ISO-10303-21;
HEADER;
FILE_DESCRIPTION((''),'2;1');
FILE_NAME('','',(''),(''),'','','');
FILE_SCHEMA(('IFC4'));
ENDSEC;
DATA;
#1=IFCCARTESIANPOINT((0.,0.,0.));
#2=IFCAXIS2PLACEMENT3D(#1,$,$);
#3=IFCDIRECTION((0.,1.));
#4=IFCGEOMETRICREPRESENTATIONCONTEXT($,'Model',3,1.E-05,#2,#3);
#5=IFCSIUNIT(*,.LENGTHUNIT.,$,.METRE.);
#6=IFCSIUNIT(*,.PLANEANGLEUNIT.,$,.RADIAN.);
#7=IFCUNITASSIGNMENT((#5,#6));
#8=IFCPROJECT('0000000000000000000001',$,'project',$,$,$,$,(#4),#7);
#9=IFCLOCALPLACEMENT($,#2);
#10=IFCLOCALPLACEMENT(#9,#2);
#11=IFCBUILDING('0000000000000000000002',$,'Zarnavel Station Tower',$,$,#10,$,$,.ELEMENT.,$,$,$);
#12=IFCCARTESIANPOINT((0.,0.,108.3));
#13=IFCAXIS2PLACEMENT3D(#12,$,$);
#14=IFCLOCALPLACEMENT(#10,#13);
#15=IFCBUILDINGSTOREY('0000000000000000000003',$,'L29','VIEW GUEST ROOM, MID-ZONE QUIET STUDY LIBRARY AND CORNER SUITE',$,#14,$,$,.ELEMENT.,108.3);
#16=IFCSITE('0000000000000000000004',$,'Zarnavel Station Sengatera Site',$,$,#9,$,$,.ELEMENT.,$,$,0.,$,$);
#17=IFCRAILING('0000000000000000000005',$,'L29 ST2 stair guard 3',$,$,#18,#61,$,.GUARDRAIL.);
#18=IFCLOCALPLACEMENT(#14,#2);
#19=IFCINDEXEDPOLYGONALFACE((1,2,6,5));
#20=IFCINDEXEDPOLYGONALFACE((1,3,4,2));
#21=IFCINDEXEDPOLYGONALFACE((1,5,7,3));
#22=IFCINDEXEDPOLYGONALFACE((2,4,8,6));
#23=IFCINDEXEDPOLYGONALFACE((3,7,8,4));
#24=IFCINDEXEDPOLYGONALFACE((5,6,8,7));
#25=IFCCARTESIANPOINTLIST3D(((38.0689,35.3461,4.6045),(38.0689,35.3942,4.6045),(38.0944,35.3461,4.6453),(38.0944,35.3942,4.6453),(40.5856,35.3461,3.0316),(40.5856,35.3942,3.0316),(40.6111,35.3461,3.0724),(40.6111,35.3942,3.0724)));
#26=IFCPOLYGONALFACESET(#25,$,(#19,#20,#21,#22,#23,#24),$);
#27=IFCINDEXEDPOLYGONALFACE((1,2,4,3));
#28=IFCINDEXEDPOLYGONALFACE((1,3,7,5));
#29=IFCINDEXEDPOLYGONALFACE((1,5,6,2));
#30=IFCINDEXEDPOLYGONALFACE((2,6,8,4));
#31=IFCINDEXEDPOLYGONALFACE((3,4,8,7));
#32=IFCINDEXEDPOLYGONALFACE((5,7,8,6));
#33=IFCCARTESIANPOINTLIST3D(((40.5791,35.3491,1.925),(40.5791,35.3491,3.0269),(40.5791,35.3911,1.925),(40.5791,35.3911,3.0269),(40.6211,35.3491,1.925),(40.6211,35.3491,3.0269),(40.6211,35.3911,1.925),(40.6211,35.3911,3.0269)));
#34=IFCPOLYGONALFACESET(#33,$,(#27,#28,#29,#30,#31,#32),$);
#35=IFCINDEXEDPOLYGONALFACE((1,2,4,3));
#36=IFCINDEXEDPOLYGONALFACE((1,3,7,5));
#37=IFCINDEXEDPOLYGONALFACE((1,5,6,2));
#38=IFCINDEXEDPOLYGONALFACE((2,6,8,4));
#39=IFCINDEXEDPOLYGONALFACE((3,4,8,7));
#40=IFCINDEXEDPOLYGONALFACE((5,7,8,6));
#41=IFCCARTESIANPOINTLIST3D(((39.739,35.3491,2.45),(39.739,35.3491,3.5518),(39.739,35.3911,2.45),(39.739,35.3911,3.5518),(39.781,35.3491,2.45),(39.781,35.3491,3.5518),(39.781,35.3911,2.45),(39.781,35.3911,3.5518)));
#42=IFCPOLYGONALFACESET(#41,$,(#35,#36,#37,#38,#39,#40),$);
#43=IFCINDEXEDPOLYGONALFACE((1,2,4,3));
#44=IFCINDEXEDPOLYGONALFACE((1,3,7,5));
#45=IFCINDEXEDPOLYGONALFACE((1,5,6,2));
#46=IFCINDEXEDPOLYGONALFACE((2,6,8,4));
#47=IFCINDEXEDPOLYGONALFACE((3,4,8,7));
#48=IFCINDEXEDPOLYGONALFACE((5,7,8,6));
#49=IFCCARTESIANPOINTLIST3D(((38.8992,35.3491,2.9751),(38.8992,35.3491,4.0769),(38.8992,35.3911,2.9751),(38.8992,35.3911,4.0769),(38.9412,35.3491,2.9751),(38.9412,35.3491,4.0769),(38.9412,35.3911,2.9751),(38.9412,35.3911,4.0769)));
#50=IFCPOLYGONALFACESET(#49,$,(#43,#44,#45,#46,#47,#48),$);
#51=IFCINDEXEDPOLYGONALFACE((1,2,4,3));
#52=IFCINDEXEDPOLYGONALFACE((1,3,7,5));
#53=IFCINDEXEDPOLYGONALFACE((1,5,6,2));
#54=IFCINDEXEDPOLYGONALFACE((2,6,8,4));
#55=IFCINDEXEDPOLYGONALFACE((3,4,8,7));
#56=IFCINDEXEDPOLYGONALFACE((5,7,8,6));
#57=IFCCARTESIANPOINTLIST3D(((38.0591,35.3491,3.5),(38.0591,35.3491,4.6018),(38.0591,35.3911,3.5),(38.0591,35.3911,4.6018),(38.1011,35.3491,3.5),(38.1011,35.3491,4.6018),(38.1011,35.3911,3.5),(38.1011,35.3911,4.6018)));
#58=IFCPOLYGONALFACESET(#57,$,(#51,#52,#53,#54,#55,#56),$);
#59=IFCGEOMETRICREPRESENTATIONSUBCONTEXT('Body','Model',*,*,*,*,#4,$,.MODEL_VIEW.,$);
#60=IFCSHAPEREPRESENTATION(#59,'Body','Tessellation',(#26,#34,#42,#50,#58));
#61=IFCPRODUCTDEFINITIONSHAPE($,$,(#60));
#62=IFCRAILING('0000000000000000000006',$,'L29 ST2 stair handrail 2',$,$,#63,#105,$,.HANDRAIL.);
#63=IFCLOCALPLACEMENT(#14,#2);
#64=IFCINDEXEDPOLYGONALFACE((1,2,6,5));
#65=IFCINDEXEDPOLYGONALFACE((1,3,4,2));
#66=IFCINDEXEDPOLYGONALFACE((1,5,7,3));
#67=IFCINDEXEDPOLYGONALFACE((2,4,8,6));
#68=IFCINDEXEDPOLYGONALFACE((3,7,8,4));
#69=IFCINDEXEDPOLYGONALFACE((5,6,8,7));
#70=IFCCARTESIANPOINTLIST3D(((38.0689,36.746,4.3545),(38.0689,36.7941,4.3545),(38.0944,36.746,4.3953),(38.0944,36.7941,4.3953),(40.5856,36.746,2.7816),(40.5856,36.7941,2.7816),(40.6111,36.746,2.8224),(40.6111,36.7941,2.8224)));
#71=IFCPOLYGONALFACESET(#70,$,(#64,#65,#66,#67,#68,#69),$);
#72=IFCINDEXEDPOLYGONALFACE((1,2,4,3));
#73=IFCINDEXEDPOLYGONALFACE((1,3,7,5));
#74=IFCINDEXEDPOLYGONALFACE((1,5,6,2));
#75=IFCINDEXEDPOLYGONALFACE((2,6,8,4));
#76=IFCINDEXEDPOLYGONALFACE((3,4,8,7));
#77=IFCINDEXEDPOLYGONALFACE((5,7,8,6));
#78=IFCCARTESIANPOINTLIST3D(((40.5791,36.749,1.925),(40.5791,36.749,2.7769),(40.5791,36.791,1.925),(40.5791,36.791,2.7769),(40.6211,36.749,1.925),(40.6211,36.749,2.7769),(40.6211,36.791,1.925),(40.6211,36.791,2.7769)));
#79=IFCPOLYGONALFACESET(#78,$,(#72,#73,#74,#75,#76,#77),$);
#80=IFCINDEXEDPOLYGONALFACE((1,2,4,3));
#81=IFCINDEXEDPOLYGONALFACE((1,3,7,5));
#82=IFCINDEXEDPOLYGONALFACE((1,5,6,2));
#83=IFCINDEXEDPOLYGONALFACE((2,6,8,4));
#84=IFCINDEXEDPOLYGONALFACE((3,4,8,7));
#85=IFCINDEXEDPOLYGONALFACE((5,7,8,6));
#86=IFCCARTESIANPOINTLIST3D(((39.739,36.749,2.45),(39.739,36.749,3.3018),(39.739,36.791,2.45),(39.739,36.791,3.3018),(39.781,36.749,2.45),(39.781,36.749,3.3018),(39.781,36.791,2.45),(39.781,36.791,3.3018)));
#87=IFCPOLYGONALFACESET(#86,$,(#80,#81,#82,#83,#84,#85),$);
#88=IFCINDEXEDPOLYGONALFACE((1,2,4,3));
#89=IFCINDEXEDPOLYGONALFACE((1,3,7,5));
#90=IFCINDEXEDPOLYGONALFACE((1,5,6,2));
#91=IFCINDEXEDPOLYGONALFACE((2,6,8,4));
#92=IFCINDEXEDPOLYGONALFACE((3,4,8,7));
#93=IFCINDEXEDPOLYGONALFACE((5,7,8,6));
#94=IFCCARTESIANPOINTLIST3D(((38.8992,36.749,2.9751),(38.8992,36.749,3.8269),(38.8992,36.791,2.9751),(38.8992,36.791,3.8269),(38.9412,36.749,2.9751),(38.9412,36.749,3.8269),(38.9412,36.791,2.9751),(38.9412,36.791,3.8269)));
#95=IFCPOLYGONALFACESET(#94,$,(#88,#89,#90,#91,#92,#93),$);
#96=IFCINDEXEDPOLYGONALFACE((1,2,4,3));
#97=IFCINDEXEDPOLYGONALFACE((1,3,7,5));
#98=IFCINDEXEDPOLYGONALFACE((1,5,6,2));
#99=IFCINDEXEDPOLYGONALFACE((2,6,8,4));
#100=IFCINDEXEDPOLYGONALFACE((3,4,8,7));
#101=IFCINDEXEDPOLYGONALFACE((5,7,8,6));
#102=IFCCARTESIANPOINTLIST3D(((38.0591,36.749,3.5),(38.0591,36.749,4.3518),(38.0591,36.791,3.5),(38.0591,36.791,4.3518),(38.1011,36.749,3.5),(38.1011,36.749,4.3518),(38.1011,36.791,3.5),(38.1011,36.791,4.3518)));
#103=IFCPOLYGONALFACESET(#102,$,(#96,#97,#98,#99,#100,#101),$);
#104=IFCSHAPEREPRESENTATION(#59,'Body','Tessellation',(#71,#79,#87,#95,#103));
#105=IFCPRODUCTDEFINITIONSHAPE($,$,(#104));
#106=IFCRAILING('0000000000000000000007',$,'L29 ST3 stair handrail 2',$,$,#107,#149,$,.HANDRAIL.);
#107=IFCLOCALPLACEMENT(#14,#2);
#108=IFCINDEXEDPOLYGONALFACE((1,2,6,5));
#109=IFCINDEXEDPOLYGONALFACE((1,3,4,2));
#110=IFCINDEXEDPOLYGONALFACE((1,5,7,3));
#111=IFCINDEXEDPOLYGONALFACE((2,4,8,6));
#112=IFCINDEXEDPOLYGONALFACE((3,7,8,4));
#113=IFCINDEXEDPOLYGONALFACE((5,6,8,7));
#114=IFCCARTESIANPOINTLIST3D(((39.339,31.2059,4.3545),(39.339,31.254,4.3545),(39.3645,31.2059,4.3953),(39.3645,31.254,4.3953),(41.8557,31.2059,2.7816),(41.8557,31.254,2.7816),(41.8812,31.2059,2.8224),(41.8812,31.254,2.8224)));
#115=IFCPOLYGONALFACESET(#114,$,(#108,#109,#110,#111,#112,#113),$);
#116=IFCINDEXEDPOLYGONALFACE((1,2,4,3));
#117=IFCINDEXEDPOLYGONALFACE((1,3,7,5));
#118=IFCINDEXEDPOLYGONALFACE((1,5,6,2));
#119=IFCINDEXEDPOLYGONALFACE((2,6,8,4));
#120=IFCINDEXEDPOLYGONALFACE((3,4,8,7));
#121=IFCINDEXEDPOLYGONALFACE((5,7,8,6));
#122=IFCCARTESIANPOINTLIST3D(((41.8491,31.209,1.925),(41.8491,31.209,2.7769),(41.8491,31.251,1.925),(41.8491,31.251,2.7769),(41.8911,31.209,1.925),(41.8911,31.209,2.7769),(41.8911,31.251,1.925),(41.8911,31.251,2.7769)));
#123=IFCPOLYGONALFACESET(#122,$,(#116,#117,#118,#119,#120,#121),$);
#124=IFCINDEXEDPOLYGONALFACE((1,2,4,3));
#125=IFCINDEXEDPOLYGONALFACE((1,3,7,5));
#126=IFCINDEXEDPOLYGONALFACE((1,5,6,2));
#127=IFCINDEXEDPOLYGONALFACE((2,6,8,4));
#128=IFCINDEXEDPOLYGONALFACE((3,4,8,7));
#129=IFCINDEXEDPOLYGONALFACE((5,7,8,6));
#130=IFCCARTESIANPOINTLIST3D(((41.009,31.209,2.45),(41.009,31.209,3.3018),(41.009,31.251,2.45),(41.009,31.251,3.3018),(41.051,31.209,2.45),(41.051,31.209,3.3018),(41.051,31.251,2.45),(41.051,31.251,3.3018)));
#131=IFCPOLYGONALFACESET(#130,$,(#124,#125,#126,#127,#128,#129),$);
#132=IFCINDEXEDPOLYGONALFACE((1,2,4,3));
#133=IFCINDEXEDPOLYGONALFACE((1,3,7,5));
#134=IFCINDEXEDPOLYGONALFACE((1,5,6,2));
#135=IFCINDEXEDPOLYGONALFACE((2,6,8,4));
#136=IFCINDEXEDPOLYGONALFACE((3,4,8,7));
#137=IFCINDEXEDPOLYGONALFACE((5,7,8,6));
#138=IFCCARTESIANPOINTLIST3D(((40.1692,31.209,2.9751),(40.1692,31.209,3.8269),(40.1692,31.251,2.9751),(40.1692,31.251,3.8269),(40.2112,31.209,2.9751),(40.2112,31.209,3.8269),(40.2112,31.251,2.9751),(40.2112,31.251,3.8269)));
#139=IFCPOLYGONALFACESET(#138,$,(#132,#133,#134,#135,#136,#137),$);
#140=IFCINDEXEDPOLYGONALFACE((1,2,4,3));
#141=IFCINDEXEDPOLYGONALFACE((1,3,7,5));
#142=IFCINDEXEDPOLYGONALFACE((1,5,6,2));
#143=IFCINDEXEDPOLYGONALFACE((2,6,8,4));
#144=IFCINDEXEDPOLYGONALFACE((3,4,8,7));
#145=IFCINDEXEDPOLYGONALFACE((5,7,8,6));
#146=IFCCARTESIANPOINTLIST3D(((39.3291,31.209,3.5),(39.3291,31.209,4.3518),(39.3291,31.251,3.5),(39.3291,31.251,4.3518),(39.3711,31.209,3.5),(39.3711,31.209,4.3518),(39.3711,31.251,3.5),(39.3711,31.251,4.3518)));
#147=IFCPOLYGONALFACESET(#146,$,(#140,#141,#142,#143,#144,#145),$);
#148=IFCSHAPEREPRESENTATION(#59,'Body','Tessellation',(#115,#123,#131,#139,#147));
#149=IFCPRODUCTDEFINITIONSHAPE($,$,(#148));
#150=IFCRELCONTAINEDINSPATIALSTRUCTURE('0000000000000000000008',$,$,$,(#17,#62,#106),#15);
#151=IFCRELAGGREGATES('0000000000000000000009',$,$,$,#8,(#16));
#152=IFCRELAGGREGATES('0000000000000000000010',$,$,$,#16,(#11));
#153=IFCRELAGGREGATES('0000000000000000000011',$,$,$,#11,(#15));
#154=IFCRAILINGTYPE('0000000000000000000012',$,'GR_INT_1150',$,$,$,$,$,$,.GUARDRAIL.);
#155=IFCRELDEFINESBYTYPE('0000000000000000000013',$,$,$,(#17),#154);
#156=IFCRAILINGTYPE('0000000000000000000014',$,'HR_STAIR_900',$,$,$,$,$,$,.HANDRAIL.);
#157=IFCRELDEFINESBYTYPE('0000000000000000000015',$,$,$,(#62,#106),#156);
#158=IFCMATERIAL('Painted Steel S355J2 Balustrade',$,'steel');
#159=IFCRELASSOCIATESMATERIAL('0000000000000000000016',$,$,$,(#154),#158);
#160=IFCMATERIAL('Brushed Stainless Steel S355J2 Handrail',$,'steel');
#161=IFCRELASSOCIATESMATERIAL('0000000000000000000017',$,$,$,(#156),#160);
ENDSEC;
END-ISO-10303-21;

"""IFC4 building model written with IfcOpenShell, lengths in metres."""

from ifc_helpers import new_model, si_unit, direction, frame, origin, origin_2d, place, context, subcontext, project, spatial, rectangle, extrude, material, type_object, element, save


model = new_model("IFC4")

# Units and contexts
model_context = context("Model", 3, precision=1e-05, world=origin(), true_north=direction((0.0, 1.0)))
body_context = subcontext(model_context, "Body", "Model", "MODEL_VIEW")
ifc_project = project(units=[si_unit("LENGTHUNIT", "METRE"), si_unit("PLANEANGLEUNIT", "RADIAN")], contexts=[model_context])

# Site, building, storey
site_placement = place(None, origin())
site = spatial("IfcSite", under=ifc_project, at=site_placement, Name="Zarnavel Station Sengatera Site", CompositionType="ELEMENT", RefElevation=0.0)
building_placement = place(site_placement, origin())
building = spatial("IfcBuilding", under=site, at=building_placement, Name="Zarnavel Station Tower", CompositionType="ELEMENT")
storey_placement = place(building_placement, frame((0.0, 0.0, 108.3)))
storey = spatial("IfcBuildingStorey", under=building, at=storey_placement, Name="L29", Description="VIEW GUEST ROOM, MID-ZONE QUIET STUDY LIBRARY AND CORNER SUITE", CompositionType="ELEMENT", Elevation=108.3)

# Railings
ifc_material_1 = material(Name="Painted Steel S355J2 Balustrade", Category="steel")
railing_type_1 = type_object("IfcRailingType", Name="GR_INT_1150", PredefinedType="GUARDRAIL", material=ifc_material_1)
railing_1_placement = place(storey_placement, frame((40.6001, 35.3701, 1.925)))
element("IfcRailing", 1, at=railing_1_placement, inside=storey, type_object=railing_type_1, Name="L29 ST2 stair guard 3", PredefinedType="GUARDRAIL", context=body_context, shape_type="SweptSolid", body=[
    extrude(rectangle(XDim=0.0481, YDim=0.0481, at=origin_2d()), frame((-0.0017, 0.0, 1.127), z_axis=(-0.848008, 0.0, 0.529984), x_axis=(0.0, -1.0, 0.0)), (0.0, 0.0, 1.0), 2.9678),
    extrude(rectangle(XDim=0.042, YDim=0.042, at=origin_2d()), origin(), (0.0, 0.0, 1.0), 1.1018),
    extrude(rectangle(XDim=0.042, YDim=0.042, at=origin_2d()), frame((-0.8401, 0.0, 0.5249)), (0.0, 0.0, 1.0), 1.1018),
    extrude(rectangle(XDim=0.042, YDim=0.042, at=origin_2d()), frame((-1.6799, 0.0, 1.05)), (0.0, 0.0, 1.0), 1.1018),
    extrude(rectangle(XDim=0.042, YDim=0.042, at=origin_2d()), frame((-2.52, 0.0, 1.575)), (0.0, 0.0, 1.0), 1.1018),
])
ifc_material_2 = material(Name="Brushed Stainless Steel S355J2 Handrail", Category="steel")
railing_type_2 = type_object("IfcRailingType", Name="HR_STAIR_900", PredefinedType="HANDRAIL", material=ifc_material_2)
for number, where, name in (
    (2, (40.6001, 36.77, 1.925), "L29 ST2 stair handrail 2"),
    (3, (41.8701, 31.23, 1.925), "L29 ST3 stair handrail 2"),
):
    element("IfcRailing", number, at=place(storey_placement, frame(where)), inside=storey, type_object=railing_type_2, Name=name, PredefinedType="HANDRAIL", context=body_context, shape_type="SweptSolid", body=[
        extrude(rectangle(XDim=0.0481, YDim=0.0481, at=origin_2d()), frame((-0.0017, 0.0, 0.877), z_axis=(-0.848008, 0.0, 0.529984), x_axis=(0.0, -1.0, 0.0)), (0.0, 0.0, 1.0), 2.9678),
        extrude(rectangle(XDim=0.042, YDim=0.042, at=origin_2d()), origin(), (0.0, 0.0, 1.0), 0.8518),
        extrude(rectangle(XDim=0.042, YDim=0.042, at=origin_2d()), frame((-0.8401, 0.0, 0.5249)), (0.0, 0.0, 1.0), 0.8518),
        extrude(rectangle(XDim=0.042, YDim=0.042, at=origin_2d()), frame((-1.6799, 0.0, 1.05)), (0.0, 0.0, 1.0), 0.8518),
        extrude(rectangle(XDim=0.042, YDim=0.042, at=origin_2d()), frame((-2.52, 0.0, 1.575)), (0.0, 0.0, 1.0), 0.8518),
    ])

save(model, "model.ifc")
